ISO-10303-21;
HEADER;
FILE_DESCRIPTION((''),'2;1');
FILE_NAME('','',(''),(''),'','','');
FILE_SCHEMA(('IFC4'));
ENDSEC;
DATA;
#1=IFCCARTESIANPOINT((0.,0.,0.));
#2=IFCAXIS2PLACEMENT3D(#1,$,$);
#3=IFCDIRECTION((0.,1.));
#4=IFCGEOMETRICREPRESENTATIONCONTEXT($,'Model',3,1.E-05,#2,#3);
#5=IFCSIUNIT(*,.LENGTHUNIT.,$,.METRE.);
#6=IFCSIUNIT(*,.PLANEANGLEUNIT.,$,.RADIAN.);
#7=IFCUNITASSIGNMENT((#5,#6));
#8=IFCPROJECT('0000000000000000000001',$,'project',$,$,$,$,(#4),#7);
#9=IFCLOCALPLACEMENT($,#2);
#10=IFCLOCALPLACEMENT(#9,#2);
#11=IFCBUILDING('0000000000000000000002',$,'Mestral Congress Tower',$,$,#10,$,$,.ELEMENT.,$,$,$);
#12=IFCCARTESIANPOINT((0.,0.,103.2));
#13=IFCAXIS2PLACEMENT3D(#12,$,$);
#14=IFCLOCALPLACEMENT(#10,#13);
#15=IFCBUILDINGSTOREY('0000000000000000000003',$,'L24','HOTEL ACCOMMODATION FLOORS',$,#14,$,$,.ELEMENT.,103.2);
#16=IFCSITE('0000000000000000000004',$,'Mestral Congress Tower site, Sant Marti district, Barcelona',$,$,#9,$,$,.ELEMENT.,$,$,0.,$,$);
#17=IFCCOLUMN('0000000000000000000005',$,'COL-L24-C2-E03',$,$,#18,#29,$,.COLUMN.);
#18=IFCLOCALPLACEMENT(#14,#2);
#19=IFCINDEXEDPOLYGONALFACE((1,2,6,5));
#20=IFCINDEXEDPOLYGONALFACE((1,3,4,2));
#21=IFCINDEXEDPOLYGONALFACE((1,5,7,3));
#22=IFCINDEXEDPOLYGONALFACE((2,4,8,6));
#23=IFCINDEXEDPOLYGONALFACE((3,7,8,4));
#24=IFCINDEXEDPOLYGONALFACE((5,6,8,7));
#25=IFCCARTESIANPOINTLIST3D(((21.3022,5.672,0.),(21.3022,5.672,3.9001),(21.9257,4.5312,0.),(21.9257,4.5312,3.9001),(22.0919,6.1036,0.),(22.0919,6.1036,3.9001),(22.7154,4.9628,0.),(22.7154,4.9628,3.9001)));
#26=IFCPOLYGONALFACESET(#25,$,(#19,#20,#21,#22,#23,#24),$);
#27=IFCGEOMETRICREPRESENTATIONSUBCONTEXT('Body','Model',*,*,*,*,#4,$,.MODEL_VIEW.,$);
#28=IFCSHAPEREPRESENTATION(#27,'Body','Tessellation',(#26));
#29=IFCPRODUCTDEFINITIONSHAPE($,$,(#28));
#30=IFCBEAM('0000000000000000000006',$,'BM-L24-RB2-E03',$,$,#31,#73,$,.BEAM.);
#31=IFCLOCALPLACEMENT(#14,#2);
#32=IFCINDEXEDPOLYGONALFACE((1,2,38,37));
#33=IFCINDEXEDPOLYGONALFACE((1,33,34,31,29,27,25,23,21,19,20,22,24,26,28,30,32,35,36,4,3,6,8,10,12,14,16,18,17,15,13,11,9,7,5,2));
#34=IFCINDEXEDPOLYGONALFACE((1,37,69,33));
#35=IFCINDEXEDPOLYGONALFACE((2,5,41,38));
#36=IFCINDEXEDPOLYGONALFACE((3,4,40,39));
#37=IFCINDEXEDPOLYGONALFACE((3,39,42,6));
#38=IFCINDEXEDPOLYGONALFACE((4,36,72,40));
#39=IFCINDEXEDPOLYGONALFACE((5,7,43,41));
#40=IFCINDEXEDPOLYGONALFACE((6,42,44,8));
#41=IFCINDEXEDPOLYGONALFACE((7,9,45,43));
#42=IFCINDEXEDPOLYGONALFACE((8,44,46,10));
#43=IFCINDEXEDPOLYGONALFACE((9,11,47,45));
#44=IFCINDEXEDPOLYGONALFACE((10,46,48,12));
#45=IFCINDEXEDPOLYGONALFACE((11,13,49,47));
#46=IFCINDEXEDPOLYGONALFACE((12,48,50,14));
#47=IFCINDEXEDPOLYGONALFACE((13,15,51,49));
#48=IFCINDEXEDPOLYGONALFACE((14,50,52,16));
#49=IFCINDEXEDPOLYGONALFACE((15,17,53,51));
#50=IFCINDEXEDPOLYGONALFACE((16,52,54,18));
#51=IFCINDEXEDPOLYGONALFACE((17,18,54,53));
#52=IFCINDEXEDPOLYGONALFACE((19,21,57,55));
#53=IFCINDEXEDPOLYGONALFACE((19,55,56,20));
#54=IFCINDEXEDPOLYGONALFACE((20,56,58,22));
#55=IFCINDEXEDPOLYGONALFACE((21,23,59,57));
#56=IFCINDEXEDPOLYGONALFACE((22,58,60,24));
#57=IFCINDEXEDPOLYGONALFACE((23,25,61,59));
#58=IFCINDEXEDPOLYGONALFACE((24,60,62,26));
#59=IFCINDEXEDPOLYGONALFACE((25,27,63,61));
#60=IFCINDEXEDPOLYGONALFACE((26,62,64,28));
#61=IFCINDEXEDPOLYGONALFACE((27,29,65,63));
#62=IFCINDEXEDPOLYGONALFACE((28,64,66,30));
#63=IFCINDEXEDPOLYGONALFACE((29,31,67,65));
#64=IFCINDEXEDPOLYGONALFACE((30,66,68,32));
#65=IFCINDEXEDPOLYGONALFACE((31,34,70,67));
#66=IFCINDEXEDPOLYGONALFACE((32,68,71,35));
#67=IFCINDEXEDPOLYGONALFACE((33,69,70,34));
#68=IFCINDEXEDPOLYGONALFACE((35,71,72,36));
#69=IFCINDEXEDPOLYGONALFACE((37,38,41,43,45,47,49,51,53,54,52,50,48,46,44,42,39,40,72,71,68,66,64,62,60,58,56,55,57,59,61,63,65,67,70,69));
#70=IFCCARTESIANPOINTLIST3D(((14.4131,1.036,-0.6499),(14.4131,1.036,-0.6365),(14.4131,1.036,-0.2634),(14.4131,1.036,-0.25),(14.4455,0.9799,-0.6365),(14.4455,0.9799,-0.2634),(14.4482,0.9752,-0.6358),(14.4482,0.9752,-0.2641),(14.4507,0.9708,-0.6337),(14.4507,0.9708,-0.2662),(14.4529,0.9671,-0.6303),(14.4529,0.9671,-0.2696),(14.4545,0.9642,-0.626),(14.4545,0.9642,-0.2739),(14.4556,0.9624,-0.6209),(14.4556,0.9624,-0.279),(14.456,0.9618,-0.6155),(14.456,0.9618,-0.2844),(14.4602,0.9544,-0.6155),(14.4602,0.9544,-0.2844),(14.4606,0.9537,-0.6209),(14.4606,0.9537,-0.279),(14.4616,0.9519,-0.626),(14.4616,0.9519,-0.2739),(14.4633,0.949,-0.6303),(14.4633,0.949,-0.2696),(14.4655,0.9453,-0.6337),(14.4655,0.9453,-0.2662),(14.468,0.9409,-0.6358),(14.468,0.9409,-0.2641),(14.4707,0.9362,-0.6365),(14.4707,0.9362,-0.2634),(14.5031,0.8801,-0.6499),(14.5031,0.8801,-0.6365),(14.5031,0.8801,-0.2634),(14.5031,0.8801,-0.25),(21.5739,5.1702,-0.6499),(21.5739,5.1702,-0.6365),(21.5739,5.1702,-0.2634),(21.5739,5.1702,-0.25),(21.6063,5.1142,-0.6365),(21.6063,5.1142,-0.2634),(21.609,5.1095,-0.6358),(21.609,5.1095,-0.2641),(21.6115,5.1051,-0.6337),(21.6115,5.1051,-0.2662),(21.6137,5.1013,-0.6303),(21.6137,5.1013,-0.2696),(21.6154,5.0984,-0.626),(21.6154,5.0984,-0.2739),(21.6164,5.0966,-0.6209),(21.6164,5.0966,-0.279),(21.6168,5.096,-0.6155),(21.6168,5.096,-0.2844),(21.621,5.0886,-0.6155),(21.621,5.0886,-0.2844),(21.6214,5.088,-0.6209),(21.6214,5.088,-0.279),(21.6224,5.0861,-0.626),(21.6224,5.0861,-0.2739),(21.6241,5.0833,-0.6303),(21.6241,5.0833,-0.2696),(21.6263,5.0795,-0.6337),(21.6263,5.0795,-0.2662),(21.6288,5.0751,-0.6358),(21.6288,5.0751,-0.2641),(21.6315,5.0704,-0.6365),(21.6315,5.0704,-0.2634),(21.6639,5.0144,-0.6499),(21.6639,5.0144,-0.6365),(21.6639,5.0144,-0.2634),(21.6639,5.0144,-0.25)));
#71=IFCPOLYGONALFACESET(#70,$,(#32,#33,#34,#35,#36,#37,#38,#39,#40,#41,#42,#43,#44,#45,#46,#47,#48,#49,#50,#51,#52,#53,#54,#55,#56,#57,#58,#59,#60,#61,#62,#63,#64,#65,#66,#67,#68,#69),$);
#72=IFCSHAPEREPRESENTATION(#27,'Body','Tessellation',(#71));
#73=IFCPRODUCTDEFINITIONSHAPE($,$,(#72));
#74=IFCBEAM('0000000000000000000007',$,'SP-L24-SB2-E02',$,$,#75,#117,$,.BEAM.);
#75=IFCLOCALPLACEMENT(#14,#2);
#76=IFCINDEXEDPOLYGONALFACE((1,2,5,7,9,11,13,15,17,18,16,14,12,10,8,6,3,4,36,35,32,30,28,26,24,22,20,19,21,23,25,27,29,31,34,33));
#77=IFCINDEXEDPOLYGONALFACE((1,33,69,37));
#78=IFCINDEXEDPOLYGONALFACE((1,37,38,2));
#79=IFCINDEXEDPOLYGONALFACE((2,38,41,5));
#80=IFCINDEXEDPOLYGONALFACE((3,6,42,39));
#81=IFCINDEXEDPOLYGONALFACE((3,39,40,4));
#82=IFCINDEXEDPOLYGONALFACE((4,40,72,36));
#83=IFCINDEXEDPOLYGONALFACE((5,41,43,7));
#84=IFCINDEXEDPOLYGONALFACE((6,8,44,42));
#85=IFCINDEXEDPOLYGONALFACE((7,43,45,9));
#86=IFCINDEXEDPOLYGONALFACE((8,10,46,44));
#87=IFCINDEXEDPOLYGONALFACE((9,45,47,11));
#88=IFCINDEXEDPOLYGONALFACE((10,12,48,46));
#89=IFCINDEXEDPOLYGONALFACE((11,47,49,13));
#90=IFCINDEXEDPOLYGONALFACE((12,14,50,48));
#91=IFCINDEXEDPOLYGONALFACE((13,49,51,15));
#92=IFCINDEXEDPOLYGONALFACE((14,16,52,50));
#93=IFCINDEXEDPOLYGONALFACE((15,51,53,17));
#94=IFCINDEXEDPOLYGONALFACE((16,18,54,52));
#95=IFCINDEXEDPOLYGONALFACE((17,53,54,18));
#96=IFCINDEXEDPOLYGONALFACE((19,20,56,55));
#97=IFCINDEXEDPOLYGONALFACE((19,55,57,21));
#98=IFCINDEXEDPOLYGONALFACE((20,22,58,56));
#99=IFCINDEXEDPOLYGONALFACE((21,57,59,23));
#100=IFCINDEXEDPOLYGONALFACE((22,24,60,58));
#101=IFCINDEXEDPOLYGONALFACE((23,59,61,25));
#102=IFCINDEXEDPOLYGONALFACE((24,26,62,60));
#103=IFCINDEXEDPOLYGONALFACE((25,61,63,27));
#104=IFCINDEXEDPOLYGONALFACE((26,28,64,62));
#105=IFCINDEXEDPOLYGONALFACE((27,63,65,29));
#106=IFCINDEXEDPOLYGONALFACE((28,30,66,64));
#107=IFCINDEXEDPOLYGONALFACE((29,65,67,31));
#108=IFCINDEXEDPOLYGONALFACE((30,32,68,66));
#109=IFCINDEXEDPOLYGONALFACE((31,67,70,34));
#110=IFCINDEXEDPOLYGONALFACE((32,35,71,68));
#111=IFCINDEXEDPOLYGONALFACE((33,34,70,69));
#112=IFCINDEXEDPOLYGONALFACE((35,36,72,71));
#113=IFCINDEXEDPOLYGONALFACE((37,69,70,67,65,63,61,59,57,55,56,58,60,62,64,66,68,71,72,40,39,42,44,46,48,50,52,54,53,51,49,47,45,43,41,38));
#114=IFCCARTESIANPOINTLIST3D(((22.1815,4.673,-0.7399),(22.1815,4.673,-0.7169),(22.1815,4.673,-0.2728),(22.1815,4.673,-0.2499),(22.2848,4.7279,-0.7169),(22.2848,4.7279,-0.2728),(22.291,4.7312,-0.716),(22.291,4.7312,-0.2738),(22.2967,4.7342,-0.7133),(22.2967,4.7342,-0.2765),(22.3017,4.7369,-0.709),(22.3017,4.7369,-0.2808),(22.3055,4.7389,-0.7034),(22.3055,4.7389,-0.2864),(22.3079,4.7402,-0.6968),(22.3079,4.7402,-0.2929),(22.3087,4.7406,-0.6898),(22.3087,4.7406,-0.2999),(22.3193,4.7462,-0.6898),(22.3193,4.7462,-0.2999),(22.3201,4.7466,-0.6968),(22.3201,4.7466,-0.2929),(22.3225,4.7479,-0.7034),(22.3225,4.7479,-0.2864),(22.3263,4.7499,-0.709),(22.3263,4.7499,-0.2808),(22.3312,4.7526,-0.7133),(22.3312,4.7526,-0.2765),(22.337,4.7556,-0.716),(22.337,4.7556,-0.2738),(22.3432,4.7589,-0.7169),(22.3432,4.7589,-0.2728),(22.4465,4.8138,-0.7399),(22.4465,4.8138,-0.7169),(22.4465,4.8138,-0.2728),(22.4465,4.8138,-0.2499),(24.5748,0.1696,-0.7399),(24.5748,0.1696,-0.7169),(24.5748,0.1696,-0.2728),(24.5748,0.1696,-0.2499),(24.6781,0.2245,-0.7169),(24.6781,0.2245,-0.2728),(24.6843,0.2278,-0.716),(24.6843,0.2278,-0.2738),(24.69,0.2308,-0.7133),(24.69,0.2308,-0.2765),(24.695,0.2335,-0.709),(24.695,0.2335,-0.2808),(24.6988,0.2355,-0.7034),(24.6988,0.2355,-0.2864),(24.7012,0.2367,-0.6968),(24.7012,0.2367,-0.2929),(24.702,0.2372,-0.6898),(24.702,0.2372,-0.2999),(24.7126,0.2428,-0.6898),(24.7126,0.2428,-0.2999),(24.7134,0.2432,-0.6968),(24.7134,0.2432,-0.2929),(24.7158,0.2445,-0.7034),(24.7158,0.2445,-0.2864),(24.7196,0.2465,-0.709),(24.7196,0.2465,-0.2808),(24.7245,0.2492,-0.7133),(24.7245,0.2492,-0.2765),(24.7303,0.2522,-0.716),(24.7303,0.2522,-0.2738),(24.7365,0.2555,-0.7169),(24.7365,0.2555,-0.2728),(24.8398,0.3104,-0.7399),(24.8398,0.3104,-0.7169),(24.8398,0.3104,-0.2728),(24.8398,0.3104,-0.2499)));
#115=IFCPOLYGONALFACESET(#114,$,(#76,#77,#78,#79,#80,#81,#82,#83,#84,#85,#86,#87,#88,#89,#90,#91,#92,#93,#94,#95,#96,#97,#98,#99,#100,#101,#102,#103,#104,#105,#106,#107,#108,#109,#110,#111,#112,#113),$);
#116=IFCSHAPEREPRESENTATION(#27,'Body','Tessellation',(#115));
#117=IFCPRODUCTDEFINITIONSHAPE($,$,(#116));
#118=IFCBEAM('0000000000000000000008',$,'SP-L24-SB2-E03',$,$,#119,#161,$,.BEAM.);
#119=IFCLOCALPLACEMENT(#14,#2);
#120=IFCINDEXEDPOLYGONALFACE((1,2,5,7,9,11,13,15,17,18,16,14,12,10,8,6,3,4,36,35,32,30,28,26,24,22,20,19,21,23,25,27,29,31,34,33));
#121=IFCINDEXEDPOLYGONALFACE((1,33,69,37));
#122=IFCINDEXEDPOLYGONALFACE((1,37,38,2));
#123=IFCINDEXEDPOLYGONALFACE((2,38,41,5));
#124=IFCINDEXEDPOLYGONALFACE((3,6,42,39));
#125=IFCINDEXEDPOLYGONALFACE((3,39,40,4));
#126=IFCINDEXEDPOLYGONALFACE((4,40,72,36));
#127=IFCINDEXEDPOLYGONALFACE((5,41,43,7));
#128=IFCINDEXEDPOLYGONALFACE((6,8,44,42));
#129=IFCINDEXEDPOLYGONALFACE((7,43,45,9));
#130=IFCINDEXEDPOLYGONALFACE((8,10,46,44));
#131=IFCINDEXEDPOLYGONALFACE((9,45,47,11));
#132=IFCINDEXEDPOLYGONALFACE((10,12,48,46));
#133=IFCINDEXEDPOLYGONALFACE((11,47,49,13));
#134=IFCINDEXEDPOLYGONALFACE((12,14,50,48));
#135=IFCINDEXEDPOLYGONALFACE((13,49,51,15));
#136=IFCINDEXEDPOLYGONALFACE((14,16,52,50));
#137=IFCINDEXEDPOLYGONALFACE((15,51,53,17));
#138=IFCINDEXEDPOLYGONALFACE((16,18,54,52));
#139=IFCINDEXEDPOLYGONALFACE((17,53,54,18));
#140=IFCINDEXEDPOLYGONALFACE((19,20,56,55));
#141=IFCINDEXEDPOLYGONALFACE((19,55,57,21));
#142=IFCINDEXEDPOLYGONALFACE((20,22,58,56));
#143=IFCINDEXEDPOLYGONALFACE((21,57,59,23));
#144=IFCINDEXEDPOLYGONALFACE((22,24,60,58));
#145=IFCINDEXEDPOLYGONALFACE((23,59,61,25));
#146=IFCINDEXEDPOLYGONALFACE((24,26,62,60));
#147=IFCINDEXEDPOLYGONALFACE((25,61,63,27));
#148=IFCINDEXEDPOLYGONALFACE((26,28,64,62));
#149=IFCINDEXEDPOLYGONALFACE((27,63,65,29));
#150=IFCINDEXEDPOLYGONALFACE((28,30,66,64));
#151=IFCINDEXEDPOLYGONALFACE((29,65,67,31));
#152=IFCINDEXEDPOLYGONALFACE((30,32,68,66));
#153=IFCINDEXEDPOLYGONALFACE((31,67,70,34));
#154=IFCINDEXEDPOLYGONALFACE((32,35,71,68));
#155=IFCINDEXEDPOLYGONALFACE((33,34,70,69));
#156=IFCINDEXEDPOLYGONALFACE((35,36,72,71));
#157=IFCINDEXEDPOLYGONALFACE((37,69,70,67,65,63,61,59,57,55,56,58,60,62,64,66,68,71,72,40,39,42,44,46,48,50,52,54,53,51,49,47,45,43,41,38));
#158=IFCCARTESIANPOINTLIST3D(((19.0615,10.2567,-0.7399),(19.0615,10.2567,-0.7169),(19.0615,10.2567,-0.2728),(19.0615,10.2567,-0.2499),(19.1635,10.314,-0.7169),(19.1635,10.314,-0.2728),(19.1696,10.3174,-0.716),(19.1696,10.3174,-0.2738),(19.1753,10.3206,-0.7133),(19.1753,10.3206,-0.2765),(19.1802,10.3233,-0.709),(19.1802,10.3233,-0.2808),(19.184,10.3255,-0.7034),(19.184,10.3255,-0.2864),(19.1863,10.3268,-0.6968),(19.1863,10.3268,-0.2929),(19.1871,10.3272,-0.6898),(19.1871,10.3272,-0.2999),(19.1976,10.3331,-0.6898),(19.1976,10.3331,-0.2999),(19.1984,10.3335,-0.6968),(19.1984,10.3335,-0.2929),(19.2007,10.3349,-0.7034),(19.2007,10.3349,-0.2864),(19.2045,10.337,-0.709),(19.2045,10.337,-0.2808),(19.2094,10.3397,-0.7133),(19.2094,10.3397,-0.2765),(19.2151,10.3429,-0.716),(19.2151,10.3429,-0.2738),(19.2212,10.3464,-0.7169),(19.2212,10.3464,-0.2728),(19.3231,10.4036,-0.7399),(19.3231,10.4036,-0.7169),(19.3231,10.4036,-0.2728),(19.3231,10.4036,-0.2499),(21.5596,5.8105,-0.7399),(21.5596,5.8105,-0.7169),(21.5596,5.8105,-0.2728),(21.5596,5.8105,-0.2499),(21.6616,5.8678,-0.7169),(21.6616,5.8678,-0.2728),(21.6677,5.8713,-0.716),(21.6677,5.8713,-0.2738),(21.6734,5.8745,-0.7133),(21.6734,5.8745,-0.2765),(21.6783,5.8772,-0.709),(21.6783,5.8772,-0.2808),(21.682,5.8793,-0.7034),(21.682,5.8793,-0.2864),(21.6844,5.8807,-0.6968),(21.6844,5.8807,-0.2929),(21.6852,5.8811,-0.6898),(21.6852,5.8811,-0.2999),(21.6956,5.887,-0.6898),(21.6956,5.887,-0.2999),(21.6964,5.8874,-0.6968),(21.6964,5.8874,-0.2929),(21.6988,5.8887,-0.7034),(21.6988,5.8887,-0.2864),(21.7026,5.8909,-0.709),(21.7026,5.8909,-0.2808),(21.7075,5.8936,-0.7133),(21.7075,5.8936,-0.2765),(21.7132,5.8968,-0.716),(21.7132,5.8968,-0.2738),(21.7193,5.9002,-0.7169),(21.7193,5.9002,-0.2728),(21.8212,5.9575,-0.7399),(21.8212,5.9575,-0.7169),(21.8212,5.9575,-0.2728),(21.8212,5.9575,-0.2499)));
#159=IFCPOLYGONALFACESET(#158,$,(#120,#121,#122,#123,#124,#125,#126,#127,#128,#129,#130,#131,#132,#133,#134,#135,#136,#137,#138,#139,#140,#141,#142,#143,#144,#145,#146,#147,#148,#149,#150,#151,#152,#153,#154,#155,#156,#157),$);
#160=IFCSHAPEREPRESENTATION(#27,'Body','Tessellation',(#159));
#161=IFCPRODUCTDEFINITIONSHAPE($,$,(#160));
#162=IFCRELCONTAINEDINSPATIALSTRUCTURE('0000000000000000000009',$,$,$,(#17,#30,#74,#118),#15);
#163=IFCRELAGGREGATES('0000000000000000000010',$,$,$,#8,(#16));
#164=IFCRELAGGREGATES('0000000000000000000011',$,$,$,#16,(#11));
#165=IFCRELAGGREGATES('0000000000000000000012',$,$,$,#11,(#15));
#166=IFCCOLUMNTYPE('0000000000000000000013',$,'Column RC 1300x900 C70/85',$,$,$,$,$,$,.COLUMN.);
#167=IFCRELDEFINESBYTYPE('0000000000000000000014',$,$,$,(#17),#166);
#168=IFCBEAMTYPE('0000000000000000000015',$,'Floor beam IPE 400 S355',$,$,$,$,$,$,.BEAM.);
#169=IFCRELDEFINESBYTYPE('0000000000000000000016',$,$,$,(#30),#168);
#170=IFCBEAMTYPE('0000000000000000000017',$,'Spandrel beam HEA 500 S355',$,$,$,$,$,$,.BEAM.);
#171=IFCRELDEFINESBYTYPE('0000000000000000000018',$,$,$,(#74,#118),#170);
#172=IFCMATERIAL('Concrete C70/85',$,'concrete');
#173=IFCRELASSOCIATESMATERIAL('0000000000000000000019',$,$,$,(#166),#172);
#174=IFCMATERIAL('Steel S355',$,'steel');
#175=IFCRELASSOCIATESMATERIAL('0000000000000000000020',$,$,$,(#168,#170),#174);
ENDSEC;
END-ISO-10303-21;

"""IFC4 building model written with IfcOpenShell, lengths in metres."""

from ifc_helpers import new_model, si_unit, direction, frame, origin, origin_2d, place, context, subcontext, project, spatial, rectangle, i_section, extrude, material, material_profile, profile_set, type_object, element, save


model = new_model("IFC4")

# Units and contexts
model_context = context("Model", 3, precision=1e-05, world=origin(), true_north=direction((0.0, 1.0)))
body_context = subcontext(model_context, "Body", "Model", "MODEL_VIEW")
ifc_project = project(units=[si_unit("LENGTHUNIT", "METRE"), si_unit("PLANEANGLEUNIT", "RADIAN")], contexts=[model_context])

# Site, building, storey
site_placement = place(None, origin())
site = spatial("IfcSite", under=ifc_project, at=site_placement, Name="Mestral Congress Tower site, Sant Marti district, Barcelona", CompositionType="ELEMENT", RefElevation=0.0)
building_placement = place(site_placement, origin())
building = spatial("IfcBuilding", under=site, at=building_placement, Name="Mestral Congress Tower", CompositionType="ELEMENT")
storey_placement = place(building_placement, frame((0.0, 0.0, 103.2)))
storey = spatial("IfcBuildingStorey", under=building, at=storey_placement, Name="L24", Description="HOTEL ACCOMMODATION FLOORS", CompositionType="ELEMENT", Elevation=103.2)

# Column
ifc_material_1 = material(Name="Concrete C70/85", Category="concrete")
ifc_material_profile_1 = material_profile(ifc_material_1, rectangle(XDim=1.3, YDim=0.8999, at=origin_2d()), Name="RC 1300x900")
ifc_profile_set_1 = profile_set([ifc_material_profile_1], Name="Concrete C70/85")
column_type = type_object("IfcColumnType", Name="Column RC 1300x900 C70/85", PredefinedType="COLUMN", material=ifc_profile_set_1)
column_placement = place(storey_placement, frame((22.0088, 5.3174, 0.0), z_axis=(0.0, 0.0, 1.0), x_axis=(-0.479613, 0.87748, 0.0)))
element("IfcColumn", 1, at=column_placement, inside=storey, type_object=column_type, Name="COL-L24-C2-E03", PredefinedType="COLUMN", context=body_context, shape_type="SweptSolid", body=[
    extrude(rectangle(XDim=1.3, YDim=0.8999, at=origin_2d()), origin(), (0.0, 0.0, 1.0), 3.9001),
])

# Beams
ifc_material_2 = material(Name="Steel S355", Category="steel")
ifc_material_profile_2 = material_profile(ifc_material_2, i_section(OverallWidth=0.1799, OverallDepth=0.3999, WebThickness=0.0085, FlangeThickness=0.0134, FilletRadius=0.021, at=origin_2d()), Name="IPE 400")
ifc_profile_set_2 = profile_set([ifc_material_profile_2], Name="Steel S355")
beam_type_1 = type_object("IfcBeamType", Name="Floor beam IPE 400 S355", PredefinedType="BEAM", material=ifc_profile_set_2)
beam_placement = place(storey_placement, frame((21.6189, 5.0923, -0.45), z_axis=(-0.866029, -0.499994, 0.0), x_axis=(0.499994, -0.866029, 0.0)))
element("IfcBeam", 2, at=beam_placement, inside=storey, type_object=beam_type_1, Name="BM-L24-RB2-E03", PredefinedType="BEAM", context=body_context, shape_type="SweptSolid", body=[
    extrude(i_section(OverallWidth=0.1799, OverallDepth=0.3999, WebThickness=0.0085, FlangeThickness=0.0134, FilletRadius=0.021, at=origin_2d()), origin(), (0.0, 0.0, 1.0), 8.2686),
])
ifc_material_profile_3 = material_profile(ifc_material_2, i_section(OverallWidth=0.3, OverallDepth=0.49, WebThickness=0.012, FlangeThickness=0.0229, FilletRadius=0.0271, at=origin_2d()), Name="HEA 500")
ifc_profile_set_3 = profile_set([ifc_material_profile_3], Name="Steel S355")
beam_type_2 = type_object("IfcBeamType", Name="Spandrel beam HEA 500 S355", PredefinedType="BEAM", material=ifc_profile_set_3)
for number, where, z_axis, x_axis, name in (
    (3, (24.7073, 0.24, -0.4949), (-0.469288, 0.883045, 0.0), (-0.883045, -0.469288, 0.0), "SP-L24-SB2-E02"),
    (4, (21.6904, 5.884, -0.4949), (-0.489836, 0.871815, 0.0), (-0.871815, -0.489836, 0.0), "SP-L24-SB2-E03"),
):
    element("IfcBeam", number, at=place(storey_placement, frame(where, z_axis=z_axis, x_axis=x_axis)), inside=storey, type_object=beam_type_2, Name=name, PredefinedType="BEAM", context=body_context, shape_type="SweptSolid", body=[
        extrude(i_section(OverallWidth=0.3, OverallDepth=0.49, WebThickness=0.012, FlangeThickness=0.0229, FilletRadius=0.0271, at=origin_2d()), origin(), (0.0, 0.0, 1.0), 5.0999),
    ])

save(model, "model.ifc")
